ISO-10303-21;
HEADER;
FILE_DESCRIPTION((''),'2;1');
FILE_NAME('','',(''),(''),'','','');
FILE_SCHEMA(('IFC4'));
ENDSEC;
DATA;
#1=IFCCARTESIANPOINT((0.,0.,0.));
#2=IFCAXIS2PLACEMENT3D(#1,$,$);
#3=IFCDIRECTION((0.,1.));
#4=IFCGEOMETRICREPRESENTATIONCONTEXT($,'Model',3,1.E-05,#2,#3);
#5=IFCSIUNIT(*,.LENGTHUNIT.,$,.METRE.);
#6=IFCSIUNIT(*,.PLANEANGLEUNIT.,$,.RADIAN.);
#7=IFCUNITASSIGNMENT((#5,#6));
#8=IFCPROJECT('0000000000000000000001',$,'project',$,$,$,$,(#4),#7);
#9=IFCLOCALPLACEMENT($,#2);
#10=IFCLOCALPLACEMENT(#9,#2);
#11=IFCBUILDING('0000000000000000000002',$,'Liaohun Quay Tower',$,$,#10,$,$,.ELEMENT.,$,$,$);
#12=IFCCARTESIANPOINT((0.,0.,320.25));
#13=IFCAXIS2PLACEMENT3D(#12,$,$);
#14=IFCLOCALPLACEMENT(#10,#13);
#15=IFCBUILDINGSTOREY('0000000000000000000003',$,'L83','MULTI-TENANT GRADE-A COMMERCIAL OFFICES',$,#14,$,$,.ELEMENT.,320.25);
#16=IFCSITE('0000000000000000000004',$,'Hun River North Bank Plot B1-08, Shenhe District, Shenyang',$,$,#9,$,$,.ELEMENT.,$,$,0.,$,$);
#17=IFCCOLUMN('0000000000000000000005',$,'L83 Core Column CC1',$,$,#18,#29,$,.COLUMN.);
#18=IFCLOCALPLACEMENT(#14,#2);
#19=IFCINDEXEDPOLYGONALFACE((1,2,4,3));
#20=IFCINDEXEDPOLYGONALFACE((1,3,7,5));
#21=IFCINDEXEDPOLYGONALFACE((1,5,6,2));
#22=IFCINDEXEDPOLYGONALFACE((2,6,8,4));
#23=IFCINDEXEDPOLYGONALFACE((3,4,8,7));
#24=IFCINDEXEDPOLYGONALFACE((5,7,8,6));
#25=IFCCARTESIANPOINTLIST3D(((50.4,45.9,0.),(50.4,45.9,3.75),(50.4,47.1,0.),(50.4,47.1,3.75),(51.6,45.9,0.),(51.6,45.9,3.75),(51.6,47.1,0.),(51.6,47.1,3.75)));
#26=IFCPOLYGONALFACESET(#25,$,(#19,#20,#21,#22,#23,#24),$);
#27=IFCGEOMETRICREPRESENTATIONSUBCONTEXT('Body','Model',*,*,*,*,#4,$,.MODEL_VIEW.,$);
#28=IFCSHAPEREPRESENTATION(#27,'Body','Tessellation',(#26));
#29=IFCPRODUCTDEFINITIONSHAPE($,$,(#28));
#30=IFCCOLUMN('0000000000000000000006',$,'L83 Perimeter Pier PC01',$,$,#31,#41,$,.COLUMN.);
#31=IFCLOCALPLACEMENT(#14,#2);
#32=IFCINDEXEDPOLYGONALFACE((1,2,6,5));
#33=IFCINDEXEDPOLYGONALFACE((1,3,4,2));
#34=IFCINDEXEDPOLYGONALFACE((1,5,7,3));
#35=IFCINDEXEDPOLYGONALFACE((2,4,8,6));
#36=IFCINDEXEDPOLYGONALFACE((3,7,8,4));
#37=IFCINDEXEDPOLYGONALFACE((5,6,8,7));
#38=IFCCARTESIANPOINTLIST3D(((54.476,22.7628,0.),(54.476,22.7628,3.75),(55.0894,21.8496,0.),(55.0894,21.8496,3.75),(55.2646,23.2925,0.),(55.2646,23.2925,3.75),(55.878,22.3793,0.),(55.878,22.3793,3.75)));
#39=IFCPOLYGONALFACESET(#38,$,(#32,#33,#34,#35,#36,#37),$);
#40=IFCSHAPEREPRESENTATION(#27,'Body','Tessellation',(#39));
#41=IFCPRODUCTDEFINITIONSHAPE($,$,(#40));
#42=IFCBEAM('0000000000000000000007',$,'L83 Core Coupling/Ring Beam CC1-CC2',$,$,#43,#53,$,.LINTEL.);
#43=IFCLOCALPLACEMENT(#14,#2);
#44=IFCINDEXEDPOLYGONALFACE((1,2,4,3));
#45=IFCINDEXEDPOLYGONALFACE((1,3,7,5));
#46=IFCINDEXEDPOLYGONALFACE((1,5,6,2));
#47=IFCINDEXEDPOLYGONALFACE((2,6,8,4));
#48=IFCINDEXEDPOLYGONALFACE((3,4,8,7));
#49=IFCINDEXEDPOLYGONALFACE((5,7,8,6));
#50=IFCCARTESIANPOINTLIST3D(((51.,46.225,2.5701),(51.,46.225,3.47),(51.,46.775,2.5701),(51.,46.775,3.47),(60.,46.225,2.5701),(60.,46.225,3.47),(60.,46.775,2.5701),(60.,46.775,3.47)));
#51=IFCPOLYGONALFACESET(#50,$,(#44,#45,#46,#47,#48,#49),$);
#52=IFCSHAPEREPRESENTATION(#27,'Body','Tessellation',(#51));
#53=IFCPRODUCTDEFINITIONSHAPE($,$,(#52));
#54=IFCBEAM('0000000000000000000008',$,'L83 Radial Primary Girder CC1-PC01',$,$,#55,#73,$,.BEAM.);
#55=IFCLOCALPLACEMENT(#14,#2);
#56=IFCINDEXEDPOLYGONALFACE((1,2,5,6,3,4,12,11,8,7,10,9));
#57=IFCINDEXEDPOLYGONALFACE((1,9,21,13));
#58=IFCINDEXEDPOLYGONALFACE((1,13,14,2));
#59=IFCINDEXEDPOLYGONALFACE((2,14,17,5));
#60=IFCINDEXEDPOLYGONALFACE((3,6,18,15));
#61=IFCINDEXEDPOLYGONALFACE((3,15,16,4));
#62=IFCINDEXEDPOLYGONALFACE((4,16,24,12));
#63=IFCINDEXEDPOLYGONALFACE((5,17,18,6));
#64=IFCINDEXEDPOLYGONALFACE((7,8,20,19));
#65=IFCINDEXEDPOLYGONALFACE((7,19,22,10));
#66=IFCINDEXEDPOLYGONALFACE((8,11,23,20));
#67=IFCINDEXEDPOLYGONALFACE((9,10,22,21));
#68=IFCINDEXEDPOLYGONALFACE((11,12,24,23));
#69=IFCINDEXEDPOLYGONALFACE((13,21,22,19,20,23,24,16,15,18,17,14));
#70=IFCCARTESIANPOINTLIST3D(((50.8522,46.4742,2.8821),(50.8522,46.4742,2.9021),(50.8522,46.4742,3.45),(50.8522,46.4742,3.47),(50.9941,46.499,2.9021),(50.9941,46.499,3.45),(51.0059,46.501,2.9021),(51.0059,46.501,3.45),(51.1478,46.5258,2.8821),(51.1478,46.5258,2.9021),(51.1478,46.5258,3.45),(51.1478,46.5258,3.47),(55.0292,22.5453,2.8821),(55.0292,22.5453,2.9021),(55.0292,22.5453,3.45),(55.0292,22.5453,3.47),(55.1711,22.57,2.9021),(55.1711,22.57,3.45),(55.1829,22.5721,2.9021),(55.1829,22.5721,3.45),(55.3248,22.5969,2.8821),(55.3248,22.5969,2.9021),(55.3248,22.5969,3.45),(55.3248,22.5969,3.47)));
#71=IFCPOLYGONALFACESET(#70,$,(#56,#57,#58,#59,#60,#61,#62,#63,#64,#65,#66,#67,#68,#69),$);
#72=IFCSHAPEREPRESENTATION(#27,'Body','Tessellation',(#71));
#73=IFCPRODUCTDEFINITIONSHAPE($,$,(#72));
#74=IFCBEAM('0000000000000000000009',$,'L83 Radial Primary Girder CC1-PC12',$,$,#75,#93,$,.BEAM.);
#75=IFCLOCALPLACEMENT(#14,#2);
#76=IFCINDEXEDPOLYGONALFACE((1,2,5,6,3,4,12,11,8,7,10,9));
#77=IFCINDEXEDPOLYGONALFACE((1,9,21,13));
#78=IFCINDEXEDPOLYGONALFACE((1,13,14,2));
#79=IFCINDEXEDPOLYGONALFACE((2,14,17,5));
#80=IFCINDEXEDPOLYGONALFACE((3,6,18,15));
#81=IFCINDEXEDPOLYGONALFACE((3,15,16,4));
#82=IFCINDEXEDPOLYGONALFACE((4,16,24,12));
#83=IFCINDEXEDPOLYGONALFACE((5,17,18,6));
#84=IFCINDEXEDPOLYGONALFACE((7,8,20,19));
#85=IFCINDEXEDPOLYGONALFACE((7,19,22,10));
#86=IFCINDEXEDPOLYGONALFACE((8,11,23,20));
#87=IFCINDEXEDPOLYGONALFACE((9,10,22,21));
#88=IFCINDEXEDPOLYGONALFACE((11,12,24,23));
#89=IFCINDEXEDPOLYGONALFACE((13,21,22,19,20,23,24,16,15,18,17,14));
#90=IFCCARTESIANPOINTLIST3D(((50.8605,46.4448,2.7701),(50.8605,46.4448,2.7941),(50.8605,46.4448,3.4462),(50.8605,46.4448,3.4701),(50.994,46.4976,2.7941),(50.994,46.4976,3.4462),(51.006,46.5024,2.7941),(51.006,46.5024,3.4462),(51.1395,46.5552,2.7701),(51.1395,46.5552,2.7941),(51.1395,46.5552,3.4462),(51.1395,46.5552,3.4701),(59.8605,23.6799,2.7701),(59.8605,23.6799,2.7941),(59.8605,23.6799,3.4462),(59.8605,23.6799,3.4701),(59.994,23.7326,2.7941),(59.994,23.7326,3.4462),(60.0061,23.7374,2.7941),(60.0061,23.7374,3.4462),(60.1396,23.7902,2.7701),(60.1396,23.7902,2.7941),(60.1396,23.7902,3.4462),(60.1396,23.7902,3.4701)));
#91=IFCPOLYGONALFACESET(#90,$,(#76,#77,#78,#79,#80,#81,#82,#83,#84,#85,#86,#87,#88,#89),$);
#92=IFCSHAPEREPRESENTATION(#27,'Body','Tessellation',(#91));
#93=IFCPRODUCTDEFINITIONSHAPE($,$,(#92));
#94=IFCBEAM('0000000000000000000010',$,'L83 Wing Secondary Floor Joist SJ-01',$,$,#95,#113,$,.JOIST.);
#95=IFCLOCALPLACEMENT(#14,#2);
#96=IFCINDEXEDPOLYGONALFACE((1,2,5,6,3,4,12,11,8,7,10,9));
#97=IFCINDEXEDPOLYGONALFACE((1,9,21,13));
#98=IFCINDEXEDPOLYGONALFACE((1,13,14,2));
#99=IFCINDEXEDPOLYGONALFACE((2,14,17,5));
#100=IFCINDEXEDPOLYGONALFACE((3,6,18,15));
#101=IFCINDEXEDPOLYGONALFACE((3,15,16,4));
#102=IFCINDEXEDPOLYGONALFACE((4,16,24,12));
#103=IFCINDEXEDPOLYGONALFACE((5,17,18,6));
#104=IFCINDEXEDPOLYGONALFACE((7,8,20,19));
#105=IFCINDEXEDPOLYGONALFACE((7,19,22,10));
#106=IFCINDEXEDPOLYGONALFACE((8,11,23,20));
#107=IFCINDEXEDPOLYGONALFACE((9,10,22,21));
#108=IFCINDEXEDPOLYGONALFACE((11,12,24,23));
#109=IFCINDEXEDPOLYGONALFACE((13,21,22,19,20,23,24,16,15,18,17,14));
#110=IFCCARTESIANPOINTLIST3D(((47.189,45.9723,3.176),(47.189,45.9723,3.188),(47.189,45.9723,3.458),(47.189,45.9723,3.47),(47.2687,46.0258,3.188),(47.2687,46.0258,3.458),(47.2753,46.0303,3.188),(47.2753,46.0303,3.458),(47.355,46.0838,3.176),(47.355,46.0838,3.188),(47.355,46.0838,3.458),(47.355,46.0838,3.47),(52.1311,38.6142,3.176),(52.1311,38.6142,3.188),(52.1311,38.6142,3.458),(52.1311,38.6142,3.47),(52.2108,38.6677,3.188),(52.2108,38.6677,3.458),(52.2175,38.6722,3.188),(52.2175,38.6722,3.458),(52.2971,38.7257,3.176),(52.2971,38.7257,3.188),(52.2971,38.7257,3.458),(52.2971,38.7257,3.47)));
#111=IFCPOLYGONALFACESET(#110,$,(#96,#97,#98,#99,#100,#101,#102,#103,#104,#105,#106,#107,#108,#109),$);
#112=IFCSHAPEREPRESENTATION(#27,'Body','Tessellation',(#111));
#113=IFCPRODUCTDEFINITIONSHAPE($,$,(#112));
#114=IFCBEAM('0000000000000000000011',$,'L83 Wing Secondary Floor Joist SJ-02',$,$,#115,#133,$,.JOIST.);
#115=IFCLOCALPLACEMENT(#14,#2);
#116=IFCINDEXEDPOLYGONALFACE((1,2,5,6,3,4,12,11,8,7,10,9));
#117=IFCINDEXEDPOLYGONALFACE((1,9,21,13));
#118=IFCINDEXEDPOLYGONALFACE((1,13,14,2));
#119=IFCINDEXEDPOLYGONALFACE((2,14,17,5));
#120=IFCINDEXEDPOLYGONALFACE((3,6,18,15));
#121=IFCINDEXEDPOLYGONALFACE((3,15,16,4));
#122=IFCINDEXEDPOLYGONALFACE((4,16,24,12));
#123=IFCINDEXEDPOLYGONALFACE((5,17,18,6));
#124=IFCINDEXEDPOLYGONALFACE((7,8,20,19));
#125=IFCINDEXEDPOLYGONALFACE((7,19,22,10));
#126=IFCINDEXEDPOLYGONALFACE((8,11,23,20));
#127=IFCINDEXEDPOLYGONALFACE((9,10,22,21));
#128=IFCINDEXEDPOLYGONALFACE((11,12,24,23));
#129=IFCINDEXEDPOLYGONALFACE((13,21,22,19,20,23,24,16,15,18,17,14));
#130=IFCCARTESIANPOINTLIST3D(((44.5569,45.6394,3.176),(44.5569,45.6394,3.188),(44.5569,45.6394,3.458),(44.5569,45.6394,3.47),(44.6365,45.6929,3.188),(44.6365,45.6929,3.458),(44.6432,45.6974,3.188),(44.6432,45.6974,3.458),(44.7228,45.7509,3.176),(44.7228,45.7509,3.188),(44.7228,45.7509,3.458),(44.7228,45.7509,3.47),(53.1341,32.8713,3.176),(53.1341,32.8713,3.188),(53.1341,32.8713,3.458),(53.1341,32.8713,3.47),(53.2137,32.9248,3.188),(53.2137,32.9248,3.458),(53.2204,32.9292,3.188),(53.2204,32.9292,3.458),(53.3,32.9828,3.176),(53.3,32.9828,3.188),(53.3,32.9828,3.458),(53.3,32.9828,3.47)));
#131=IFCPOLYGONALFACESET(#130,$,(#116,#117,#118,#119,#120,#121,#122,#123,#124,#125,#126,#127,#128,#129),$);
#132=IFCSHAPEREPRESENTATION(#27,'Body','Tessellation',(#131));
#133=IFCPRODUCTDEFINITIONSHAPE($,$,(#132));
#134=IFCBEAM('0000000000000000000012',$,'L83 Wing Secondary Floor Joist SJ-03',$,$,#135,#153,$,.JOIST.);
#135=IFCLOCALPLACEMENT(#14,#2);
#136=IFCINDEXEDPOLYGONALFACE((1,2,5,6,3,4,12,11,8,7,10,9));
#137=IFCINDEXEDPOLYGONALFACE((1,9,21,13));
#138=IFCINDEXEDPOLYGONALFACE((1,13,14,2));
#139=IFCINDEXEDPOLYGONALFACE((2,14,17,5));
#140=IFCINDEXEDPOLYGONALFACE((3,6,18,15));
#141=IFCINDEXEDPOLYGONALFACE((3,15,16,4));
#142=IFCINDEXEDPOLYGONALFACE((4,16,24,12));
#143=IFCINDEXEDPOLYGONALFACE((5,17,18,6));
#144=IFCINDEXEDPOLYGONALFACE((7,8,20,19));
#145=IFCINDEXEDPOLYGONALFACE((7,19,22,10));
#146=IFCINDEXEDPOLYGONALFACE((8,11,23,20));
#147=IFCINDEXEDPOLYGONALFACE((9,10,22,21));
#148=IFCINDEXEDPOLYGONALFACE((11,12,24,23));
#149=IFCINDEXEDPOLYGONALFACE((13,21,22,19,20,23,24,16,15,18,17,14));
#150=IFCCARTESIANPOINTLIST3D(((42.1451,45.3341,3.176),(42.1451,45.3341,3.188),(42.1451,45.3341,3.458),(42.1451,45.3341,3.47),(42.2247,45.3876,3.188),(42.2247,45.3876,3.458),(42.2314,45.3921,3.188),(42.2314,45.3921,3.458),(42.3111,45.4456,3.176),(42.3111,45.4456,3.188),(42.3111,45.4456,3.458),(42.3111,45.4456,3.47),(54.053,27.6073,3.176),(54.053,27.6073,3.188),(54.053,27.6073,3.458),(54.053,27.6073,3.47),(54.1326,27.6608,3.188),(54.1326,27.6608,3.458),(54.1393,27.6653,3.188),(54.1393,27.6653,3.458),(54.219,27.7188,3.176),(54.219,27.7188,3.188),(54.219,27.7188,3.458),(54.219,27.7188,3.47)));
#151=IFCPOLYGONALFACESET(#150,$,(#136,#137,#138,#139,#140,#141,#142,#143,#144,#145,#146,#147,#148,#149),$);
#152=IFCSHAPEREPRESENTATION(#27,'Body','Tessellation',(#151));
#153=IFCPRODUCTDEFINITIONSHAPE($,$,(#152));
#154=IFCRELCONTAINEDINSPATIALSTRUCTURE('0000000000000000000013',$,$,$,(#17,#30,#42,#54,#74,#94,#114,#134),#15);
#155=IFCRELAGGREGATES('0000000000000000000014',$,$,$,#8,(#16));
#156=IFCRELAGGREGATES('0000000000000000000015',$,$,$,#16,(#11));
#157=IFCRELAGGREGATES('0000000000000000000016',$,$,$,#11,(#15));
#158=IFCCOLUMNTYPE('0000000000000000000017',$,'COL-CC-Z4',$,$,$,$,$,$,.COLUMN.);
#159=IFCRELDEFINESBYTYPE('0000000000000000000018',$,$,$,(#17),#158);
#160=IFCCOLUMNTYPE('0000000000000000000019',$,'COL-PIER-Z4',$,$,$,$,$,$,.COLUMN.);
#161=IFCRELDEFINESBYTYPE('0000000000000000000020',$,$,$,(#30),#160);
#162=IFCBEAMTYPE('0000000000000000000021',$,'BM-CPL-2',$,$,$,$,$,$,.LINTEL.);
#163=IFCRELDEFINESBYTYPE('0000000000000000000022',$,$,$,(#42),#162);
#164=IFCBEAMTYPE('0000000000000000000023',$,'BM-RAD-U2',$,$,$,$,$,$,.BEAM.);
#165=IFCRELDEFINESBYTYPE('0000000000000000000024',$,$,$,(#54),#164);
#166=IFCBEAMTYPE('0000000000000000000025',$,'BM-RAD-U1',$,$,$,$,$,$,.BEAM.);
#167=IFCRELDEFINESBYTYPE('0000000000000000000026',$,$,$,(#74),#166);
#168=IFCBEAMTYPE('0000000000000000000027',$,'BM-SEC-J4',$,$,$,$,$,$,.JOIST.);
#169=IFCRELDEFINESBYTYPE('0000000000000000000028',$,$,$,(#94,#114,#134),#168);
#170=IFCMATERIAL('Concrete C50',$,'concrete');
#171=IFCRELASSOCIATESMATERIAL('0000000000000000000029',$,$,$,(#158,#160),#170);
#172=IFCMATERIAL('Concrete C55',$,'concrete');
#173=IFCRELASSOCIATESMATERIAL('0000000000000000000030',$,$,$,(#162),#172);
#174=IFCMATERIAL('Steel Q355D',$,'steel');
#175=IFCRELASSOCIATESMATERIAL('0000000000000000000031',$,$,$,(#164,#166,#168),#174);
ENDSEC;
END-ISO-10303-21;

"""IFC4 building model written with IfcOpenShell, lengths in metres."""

from ifc_helpers import new_model, si_unit, direction, frame, origin, origin_2d, place, context, subcontext, project, spatial, rectangle, i_section, extrude, source, transform, mapped, material, material_profile, profile_set, type_object, element, save


model = new_model("IFC4")

# Units and contexts
model_context = context("Model", 3, precision=1e-05, world=origin(), true_north=direction((0.0, 1.0)))
body_context = subcontext(model_context, "Body", "Model", "MODEL_VIEW")
ifc_project = project(units=[si_unit("LENGTHUNIT", "METRE"), si_unit("PLANEANGLEUNIT", "RADIAN")], contexts=[model_context])

# Site, building, storey
site_placement = place(None, origin())
site = spatial("IfcSite", under=ifc_project, at=site_placement, Name="Hun River North Bank Plot B1-08, Shenhe District, Shenyang", CompositionType="ELEMENT", RefElevation=0.0)
building_placement = place(site_placement, origin())
building = spatial("IfcBuilding", under=site, at=building_placement, Name="Liaohun Quay Tower", CompositionType="ELEMENT")
storey_placement = place(building_placement, frame((0.0, 0.0, 320.25)))
storey = spatial("IfcBuildingStorey", under=building, at=storey_placement, Name="L83", Description="MULTI-TENANT GRADE-A COMMERCIAL OFFICES", CompositionType="ELEMENT", Elevation=320.25)

# Columns
ifc_material_1 = material(Name="Concrete C50", Category="concrete")
ifc_material_profile_1 = material_profile(ifc_material_1, rectangle(XDim=1.2, YDim=1.2, at=origin_2d()), Name="RC1200x1200")
ifc_profile_set_1 = profile_set([ifc_material_profile_1], Name="Concrete C50")
column_type_1 = type_object("IfcColumnType", Name="COL-CC-Z4", PredefinedType="COLUMN", material=ifc_profile_set_1)
shared_shape_1 = source(origin(), body_context, "Body", "SweptSolid", [
    extrude(rectangle(XDim=1.2, YDim=1.2, at=origin_2d()), origin(), (0.0, 0.0, 1.0), 3.75),
])
column_1_placement = place(storey_placement, frame((51.0, 46.5, 0.0), z_axis=(0.0, 0.0, 1.0), x_axis=(1.0, 0.0, 0.0)))
element("IfcColumn", 1, at=column_1_placement, inside=storey, type_object=column_type_1, Name="L83 Core Column CC1", PredefinedType="COLUMN", context=body_context, shape_type="MappedRepresentation", body=[
    mapped(shared_shape_1, transform((0.0, 0.0, 0.0), x_axis=(1.0, 0.0, 0.0), y_axis=(0.0, 1.0, 0.0), z_axis=(0.0, 0.0, 1.0), scale=1.0)),
])
ifc_material_profile_2 = material_profile(ifc_material_1, rectangle(XDim=1.1001, YDim=0.95, at=origin_2d()), Name="RC1100x950")
ifc_profile_set_2 = profile_set([ifc_material_profile_2], Name="Concrete C50")
column_type_2 = type_object("IfcColumnType", Name="COL-PIER-Z4", PredefinedType="COLUMN", material=ifc_profile_set_2)
shared_shape_2 = source(origin(), body_context, "Body", "SweptSolid", [
    extrude(rectangle(XDim=1.1001, YDim=0.95, at=origin_2d()), origin(), (0.0, 0.0, 1.0), 3.75),
])
column_2_placement = place(storey_placement, frame((55.177, 22.571, 0.0), z_axis=(0.0, 0.0, 1.0), x_axis=(-0.5576, 0.83011, 0.0)))
element("IfcColumn", 2, at=column_2_placement, inside=storey, type_object=column_type_2, Name="L83 Perimeter Pier PC01", PredefinedType="COLUMN", context=body_context, shape_type="MappedRepresentation", body=[
    mapped(shared_shape_2, transform((0.0, 0.0, 0.0), x_axis=(1.0, 0.0, 0.0), y_axis=(0.0, 1.0, 0.0), z_axis=(0.0, 0.0, 1.0), scale=1.0)),
])

# Beams
ifc_material_2 = material(Name="Concrete C55", Category="concrete")
ifc_material_profile_3 = material_profile(ifc_material_2, rectangle(XDim=0.55, YDim=0.8999, at=origin_2d()), Name="RC550x900")
ifc_profile_set_3 = profile_set([ifc_material_profile_3], Name="Concrete C55")
beam_type_1 = type_object("IfcBeamType", Name="BM-CPL-2", PredefinedType="LINTEL", material=ifc_profile_set_3)
shared_shape_3 = source(origin(), body_context, "Body", "SweptSolid", [
    extrude(rectangle(XDim=0.55, YDim=0.8999, at=origin_2d()), origin(), (0.0, 0.0, 1.0), 9.0),
])
beam_1_placement = place(storey_placement, frame((51.0, 46.5, 3.02), z_axis=(1.0, 0.0, 0.0), x_axis=(0.0, 1.0, 0.0)))
element("IfcBeam", 3, at=beam_1_placement, inside=storey, type_object=beam_type_1, Name="L83 Core Coupling/Ring Beam CC1-CC2", PredefinedType="LINTEL", context=body_context, shape_type="MappedRepresentation", body=[
    mapped(shared_shape_3, transform((0.0, 0.0, 0.0), x_axis=(1.0, 0.0, 0.0), y_axis=(0.0, 1.0, 0.0), z_axis=(0.0, 0.0, 1.0), scale=1.0)),
])
ifc_material_3 = material(Name="Steel Q355D", Category="steel")
ifc_material_profile_4 = material_profile(ifc_material_3, i_section(OverallWidth=0.3, OverallDepth=0.5879, WebThickness=0.012, FlangeThickness=0.02, at=origin_2d()), Name="HM588x300x12x20")
ifc_profile_set_4 = profile_set([ifc_material_profile_4], Name="Steel Q355D")
beam_type_2 = type_object("IfcBeamType", Name="BM-RAD-U2", PredefinedType="BEAM", material=ifc_profile_set_4)
shared_shape_4 = source(origin(), body_context, "Body", "SweptSolid", [
    extrude(i_section(OverallWidth=0.3, OverallDepth=0.5879, WebThickness=0.012, FlangeThickness=0.02, at=origin_2d()), origin(), (0.0, 0.0, 1.0), 24.2908),
])
beam_2_placement = place(storey_placement, frame((51.0, 46.5, 3.176), z_axis=(0.171958, -0.985104, 0.0), x_axis=(0.985104, 0.171958, 0.0)))
element("IfcBeam", 4, at=beam_2_placement, inside=storey, type_object=beam_type_2, Name="L83 Radial Primary Girder CC1-PC01", PredefinedType="BEAM", context=body_context, shape_type="MappedRepresentation", body=[
    mapped(shared_shape_4, transform((0.0, 0.0, 0.0), x_axis=(1.0, 0.0, 0.0), y_axis=(0.0, 1.0, 0.0), z_axis=(0.0, 0.0, 1.0), scale=1.0)),
])
ifc_material_profile_5 = material_profile(ifc_material_3, i_section(OverallWidth=0.3, OverallDepth=0.7, WebThickness=0.0129, FlangeThickness=0.0239, at=origin_2d()), Name="HN700x300x13x24")
ifc_profile_set_5 = profile_set([ifc_material_profile_5], Name="Steel Q355D")
beam_type_3 = type_object("IfcBeamType", Name="BM-RAD-U1", PredefinedType="BEAM", material=ifc_profile_set_5)
shared_shape_5 = source(origin(), body_context, "Body", "SweptSolid", [
    extrude(i_section(OverallWidth=0.3, OverallDepth=0.7, WebThickness=0.0129, FlangeThickness=0.0239, at=origin_2d()), origin(), (0.0, 0.0, 1.0), 24.4795),
])
beam_3_placement = place(storey_placement, frame((51.0, 46.5, 3.1201), z_axis=(0.367656, -0.929962, 0.0), x_axis=(0.929962, 0.367656, 0.0)))
element("IfcBeam", 5, at=beam_3_placement, inside=storey, type_object=beam_type_3, Name="L83 Radial Primary Girder CC1-PC12", PredefinedType="BEAM", context=body_context, shape_type="MappedRepresentation", body=[
    mapped(shared_shape_5, transform((0.0, 0.0, 0.0), x_axis=(1.0, 0.0, 0.0), y_axis=(0.0, 1.0, 0.0), z_axis=(0.0, 0.0, 1.0), scale=1.0)),
])
ifc_material_profile_6 = material_profile(ifc_material_3, i_section(OverallWidth=0.2, OverallDepth=0.2939, WebThickness=0.0081, FlangeThickness=0.012, at=origin_2d()), Name="HM294x200x8x12")
ifc_profile_set_6 = profile_set([ifc_material_profile_6], Name="Steel Q355D")
beam_type_4 = type_object("IfcBeamType", Name="BM-SEC-J4", PredefinedType="JOIST", material=ifc_profile_set_6)
shared_shape_6 = source(origin(), body_context, "Body", "SweptSolid", [
    extrude(i_section(OverallWidth=0.2, OverallDepth=0.2939, WebThickness=0.0081, FlangeThickness=0.012, at=origin_2d()), origin(), (0.0, 0.0, 1.0), 8.8638),
])
beam_4_placement = place(storey_placement, frame((52.2141, 38.6699, 3.323), z_axis=(-0.557564, 0.830134, 0.0), x_axis=(-0.830134, -0.557564, 0.0)))
element("IfcBeam", 6, at=beam_4_placement, inside=storey, type_object=beam_type_4, Name="L83 Wing Secondary Floor Joist SJ-01", PredefinedType="JOIST", context=body_context, shape_type="MappedRepresentation", body=[
    mapped(shared_shape_6, transform((0.0, 0.0, 0.0), x_axis=(1.0, 0.0, 0.0), y_axis=(0.0, 1.0, 0.0), z_axis=(0.0, 0.0, 1.0), scale=1.0)),
])
shared_shape_7 = source(origin(), body_context, "Body", "SweptSolid", [
    extrude(i_section(OverallWidth=0.2, OverallDepth=0.2939, WebThickness=0.0081, FlangeThickness=0.012, at=origin_2d()), origin(), (0.0, 0.0, 1.0), 15.3816),
])
beam_5_placement = place(storey_placement, frame((53.217, 32.927, 3.323), z_axis=(-0.557627, 0.830092, 0.0), x_axis=(-0.830092, -0.557627, 0.0)))
element("IfcBeam", 7, at=beam_5_placement, inside=storey, type_object=beam_type_4, Name="L83 Wing Secondary Floor Joist SJ-02", PredefinedType="JOIST", context=body_context, shape_type="MappedRepresentation", body=[
    mapped(shared_shape_7, transform((0.0, 0.0, 0.0), x_axis=(1.0, 0.0, 0.0), y_axis=(0.0, 1.0, 0.0), z_axis=(0.0, 0.0, 1.0), scale=1.0)),
])
shared_shape_8 = source(origin(), body_context, "Body", "SweptSolid", [
    extrude(i_section(OverallWidth=0.2, OverallDepth=0.2939, WebThickness=0.0081, FlangeThickness=0.012, at=origin_2d()), origin(), (0.0, 0.0, 1.0), 21.355),
])
beam_6_placement = place(storey_placement, frame((54.136, 27.6631, 3.323), z_axis=(-0.557617, 0.830098, 0.0), x_axis=(-0.830098, -0.557617, 0.0)))
element("IfcBeam", 8, at=beam_6_placement, inside=storey, type_object=beam_type_4, Name="L83 Wing Secondary Floor Joist SJ-03", PredefinedType="JOIST", context=body_context, shape_type="MappedRepresentation", body=[
    mapped(shared_shape_8, transform((0.0, 0.0, 0.0), x_axis=(1.0, 0.0, 0.0), y_axis=(0.0, 1.0, 0.0), z_axis=(0.0, 0.0, 1.0), scale=1.0)),
])

save(model, "model.ifc")
